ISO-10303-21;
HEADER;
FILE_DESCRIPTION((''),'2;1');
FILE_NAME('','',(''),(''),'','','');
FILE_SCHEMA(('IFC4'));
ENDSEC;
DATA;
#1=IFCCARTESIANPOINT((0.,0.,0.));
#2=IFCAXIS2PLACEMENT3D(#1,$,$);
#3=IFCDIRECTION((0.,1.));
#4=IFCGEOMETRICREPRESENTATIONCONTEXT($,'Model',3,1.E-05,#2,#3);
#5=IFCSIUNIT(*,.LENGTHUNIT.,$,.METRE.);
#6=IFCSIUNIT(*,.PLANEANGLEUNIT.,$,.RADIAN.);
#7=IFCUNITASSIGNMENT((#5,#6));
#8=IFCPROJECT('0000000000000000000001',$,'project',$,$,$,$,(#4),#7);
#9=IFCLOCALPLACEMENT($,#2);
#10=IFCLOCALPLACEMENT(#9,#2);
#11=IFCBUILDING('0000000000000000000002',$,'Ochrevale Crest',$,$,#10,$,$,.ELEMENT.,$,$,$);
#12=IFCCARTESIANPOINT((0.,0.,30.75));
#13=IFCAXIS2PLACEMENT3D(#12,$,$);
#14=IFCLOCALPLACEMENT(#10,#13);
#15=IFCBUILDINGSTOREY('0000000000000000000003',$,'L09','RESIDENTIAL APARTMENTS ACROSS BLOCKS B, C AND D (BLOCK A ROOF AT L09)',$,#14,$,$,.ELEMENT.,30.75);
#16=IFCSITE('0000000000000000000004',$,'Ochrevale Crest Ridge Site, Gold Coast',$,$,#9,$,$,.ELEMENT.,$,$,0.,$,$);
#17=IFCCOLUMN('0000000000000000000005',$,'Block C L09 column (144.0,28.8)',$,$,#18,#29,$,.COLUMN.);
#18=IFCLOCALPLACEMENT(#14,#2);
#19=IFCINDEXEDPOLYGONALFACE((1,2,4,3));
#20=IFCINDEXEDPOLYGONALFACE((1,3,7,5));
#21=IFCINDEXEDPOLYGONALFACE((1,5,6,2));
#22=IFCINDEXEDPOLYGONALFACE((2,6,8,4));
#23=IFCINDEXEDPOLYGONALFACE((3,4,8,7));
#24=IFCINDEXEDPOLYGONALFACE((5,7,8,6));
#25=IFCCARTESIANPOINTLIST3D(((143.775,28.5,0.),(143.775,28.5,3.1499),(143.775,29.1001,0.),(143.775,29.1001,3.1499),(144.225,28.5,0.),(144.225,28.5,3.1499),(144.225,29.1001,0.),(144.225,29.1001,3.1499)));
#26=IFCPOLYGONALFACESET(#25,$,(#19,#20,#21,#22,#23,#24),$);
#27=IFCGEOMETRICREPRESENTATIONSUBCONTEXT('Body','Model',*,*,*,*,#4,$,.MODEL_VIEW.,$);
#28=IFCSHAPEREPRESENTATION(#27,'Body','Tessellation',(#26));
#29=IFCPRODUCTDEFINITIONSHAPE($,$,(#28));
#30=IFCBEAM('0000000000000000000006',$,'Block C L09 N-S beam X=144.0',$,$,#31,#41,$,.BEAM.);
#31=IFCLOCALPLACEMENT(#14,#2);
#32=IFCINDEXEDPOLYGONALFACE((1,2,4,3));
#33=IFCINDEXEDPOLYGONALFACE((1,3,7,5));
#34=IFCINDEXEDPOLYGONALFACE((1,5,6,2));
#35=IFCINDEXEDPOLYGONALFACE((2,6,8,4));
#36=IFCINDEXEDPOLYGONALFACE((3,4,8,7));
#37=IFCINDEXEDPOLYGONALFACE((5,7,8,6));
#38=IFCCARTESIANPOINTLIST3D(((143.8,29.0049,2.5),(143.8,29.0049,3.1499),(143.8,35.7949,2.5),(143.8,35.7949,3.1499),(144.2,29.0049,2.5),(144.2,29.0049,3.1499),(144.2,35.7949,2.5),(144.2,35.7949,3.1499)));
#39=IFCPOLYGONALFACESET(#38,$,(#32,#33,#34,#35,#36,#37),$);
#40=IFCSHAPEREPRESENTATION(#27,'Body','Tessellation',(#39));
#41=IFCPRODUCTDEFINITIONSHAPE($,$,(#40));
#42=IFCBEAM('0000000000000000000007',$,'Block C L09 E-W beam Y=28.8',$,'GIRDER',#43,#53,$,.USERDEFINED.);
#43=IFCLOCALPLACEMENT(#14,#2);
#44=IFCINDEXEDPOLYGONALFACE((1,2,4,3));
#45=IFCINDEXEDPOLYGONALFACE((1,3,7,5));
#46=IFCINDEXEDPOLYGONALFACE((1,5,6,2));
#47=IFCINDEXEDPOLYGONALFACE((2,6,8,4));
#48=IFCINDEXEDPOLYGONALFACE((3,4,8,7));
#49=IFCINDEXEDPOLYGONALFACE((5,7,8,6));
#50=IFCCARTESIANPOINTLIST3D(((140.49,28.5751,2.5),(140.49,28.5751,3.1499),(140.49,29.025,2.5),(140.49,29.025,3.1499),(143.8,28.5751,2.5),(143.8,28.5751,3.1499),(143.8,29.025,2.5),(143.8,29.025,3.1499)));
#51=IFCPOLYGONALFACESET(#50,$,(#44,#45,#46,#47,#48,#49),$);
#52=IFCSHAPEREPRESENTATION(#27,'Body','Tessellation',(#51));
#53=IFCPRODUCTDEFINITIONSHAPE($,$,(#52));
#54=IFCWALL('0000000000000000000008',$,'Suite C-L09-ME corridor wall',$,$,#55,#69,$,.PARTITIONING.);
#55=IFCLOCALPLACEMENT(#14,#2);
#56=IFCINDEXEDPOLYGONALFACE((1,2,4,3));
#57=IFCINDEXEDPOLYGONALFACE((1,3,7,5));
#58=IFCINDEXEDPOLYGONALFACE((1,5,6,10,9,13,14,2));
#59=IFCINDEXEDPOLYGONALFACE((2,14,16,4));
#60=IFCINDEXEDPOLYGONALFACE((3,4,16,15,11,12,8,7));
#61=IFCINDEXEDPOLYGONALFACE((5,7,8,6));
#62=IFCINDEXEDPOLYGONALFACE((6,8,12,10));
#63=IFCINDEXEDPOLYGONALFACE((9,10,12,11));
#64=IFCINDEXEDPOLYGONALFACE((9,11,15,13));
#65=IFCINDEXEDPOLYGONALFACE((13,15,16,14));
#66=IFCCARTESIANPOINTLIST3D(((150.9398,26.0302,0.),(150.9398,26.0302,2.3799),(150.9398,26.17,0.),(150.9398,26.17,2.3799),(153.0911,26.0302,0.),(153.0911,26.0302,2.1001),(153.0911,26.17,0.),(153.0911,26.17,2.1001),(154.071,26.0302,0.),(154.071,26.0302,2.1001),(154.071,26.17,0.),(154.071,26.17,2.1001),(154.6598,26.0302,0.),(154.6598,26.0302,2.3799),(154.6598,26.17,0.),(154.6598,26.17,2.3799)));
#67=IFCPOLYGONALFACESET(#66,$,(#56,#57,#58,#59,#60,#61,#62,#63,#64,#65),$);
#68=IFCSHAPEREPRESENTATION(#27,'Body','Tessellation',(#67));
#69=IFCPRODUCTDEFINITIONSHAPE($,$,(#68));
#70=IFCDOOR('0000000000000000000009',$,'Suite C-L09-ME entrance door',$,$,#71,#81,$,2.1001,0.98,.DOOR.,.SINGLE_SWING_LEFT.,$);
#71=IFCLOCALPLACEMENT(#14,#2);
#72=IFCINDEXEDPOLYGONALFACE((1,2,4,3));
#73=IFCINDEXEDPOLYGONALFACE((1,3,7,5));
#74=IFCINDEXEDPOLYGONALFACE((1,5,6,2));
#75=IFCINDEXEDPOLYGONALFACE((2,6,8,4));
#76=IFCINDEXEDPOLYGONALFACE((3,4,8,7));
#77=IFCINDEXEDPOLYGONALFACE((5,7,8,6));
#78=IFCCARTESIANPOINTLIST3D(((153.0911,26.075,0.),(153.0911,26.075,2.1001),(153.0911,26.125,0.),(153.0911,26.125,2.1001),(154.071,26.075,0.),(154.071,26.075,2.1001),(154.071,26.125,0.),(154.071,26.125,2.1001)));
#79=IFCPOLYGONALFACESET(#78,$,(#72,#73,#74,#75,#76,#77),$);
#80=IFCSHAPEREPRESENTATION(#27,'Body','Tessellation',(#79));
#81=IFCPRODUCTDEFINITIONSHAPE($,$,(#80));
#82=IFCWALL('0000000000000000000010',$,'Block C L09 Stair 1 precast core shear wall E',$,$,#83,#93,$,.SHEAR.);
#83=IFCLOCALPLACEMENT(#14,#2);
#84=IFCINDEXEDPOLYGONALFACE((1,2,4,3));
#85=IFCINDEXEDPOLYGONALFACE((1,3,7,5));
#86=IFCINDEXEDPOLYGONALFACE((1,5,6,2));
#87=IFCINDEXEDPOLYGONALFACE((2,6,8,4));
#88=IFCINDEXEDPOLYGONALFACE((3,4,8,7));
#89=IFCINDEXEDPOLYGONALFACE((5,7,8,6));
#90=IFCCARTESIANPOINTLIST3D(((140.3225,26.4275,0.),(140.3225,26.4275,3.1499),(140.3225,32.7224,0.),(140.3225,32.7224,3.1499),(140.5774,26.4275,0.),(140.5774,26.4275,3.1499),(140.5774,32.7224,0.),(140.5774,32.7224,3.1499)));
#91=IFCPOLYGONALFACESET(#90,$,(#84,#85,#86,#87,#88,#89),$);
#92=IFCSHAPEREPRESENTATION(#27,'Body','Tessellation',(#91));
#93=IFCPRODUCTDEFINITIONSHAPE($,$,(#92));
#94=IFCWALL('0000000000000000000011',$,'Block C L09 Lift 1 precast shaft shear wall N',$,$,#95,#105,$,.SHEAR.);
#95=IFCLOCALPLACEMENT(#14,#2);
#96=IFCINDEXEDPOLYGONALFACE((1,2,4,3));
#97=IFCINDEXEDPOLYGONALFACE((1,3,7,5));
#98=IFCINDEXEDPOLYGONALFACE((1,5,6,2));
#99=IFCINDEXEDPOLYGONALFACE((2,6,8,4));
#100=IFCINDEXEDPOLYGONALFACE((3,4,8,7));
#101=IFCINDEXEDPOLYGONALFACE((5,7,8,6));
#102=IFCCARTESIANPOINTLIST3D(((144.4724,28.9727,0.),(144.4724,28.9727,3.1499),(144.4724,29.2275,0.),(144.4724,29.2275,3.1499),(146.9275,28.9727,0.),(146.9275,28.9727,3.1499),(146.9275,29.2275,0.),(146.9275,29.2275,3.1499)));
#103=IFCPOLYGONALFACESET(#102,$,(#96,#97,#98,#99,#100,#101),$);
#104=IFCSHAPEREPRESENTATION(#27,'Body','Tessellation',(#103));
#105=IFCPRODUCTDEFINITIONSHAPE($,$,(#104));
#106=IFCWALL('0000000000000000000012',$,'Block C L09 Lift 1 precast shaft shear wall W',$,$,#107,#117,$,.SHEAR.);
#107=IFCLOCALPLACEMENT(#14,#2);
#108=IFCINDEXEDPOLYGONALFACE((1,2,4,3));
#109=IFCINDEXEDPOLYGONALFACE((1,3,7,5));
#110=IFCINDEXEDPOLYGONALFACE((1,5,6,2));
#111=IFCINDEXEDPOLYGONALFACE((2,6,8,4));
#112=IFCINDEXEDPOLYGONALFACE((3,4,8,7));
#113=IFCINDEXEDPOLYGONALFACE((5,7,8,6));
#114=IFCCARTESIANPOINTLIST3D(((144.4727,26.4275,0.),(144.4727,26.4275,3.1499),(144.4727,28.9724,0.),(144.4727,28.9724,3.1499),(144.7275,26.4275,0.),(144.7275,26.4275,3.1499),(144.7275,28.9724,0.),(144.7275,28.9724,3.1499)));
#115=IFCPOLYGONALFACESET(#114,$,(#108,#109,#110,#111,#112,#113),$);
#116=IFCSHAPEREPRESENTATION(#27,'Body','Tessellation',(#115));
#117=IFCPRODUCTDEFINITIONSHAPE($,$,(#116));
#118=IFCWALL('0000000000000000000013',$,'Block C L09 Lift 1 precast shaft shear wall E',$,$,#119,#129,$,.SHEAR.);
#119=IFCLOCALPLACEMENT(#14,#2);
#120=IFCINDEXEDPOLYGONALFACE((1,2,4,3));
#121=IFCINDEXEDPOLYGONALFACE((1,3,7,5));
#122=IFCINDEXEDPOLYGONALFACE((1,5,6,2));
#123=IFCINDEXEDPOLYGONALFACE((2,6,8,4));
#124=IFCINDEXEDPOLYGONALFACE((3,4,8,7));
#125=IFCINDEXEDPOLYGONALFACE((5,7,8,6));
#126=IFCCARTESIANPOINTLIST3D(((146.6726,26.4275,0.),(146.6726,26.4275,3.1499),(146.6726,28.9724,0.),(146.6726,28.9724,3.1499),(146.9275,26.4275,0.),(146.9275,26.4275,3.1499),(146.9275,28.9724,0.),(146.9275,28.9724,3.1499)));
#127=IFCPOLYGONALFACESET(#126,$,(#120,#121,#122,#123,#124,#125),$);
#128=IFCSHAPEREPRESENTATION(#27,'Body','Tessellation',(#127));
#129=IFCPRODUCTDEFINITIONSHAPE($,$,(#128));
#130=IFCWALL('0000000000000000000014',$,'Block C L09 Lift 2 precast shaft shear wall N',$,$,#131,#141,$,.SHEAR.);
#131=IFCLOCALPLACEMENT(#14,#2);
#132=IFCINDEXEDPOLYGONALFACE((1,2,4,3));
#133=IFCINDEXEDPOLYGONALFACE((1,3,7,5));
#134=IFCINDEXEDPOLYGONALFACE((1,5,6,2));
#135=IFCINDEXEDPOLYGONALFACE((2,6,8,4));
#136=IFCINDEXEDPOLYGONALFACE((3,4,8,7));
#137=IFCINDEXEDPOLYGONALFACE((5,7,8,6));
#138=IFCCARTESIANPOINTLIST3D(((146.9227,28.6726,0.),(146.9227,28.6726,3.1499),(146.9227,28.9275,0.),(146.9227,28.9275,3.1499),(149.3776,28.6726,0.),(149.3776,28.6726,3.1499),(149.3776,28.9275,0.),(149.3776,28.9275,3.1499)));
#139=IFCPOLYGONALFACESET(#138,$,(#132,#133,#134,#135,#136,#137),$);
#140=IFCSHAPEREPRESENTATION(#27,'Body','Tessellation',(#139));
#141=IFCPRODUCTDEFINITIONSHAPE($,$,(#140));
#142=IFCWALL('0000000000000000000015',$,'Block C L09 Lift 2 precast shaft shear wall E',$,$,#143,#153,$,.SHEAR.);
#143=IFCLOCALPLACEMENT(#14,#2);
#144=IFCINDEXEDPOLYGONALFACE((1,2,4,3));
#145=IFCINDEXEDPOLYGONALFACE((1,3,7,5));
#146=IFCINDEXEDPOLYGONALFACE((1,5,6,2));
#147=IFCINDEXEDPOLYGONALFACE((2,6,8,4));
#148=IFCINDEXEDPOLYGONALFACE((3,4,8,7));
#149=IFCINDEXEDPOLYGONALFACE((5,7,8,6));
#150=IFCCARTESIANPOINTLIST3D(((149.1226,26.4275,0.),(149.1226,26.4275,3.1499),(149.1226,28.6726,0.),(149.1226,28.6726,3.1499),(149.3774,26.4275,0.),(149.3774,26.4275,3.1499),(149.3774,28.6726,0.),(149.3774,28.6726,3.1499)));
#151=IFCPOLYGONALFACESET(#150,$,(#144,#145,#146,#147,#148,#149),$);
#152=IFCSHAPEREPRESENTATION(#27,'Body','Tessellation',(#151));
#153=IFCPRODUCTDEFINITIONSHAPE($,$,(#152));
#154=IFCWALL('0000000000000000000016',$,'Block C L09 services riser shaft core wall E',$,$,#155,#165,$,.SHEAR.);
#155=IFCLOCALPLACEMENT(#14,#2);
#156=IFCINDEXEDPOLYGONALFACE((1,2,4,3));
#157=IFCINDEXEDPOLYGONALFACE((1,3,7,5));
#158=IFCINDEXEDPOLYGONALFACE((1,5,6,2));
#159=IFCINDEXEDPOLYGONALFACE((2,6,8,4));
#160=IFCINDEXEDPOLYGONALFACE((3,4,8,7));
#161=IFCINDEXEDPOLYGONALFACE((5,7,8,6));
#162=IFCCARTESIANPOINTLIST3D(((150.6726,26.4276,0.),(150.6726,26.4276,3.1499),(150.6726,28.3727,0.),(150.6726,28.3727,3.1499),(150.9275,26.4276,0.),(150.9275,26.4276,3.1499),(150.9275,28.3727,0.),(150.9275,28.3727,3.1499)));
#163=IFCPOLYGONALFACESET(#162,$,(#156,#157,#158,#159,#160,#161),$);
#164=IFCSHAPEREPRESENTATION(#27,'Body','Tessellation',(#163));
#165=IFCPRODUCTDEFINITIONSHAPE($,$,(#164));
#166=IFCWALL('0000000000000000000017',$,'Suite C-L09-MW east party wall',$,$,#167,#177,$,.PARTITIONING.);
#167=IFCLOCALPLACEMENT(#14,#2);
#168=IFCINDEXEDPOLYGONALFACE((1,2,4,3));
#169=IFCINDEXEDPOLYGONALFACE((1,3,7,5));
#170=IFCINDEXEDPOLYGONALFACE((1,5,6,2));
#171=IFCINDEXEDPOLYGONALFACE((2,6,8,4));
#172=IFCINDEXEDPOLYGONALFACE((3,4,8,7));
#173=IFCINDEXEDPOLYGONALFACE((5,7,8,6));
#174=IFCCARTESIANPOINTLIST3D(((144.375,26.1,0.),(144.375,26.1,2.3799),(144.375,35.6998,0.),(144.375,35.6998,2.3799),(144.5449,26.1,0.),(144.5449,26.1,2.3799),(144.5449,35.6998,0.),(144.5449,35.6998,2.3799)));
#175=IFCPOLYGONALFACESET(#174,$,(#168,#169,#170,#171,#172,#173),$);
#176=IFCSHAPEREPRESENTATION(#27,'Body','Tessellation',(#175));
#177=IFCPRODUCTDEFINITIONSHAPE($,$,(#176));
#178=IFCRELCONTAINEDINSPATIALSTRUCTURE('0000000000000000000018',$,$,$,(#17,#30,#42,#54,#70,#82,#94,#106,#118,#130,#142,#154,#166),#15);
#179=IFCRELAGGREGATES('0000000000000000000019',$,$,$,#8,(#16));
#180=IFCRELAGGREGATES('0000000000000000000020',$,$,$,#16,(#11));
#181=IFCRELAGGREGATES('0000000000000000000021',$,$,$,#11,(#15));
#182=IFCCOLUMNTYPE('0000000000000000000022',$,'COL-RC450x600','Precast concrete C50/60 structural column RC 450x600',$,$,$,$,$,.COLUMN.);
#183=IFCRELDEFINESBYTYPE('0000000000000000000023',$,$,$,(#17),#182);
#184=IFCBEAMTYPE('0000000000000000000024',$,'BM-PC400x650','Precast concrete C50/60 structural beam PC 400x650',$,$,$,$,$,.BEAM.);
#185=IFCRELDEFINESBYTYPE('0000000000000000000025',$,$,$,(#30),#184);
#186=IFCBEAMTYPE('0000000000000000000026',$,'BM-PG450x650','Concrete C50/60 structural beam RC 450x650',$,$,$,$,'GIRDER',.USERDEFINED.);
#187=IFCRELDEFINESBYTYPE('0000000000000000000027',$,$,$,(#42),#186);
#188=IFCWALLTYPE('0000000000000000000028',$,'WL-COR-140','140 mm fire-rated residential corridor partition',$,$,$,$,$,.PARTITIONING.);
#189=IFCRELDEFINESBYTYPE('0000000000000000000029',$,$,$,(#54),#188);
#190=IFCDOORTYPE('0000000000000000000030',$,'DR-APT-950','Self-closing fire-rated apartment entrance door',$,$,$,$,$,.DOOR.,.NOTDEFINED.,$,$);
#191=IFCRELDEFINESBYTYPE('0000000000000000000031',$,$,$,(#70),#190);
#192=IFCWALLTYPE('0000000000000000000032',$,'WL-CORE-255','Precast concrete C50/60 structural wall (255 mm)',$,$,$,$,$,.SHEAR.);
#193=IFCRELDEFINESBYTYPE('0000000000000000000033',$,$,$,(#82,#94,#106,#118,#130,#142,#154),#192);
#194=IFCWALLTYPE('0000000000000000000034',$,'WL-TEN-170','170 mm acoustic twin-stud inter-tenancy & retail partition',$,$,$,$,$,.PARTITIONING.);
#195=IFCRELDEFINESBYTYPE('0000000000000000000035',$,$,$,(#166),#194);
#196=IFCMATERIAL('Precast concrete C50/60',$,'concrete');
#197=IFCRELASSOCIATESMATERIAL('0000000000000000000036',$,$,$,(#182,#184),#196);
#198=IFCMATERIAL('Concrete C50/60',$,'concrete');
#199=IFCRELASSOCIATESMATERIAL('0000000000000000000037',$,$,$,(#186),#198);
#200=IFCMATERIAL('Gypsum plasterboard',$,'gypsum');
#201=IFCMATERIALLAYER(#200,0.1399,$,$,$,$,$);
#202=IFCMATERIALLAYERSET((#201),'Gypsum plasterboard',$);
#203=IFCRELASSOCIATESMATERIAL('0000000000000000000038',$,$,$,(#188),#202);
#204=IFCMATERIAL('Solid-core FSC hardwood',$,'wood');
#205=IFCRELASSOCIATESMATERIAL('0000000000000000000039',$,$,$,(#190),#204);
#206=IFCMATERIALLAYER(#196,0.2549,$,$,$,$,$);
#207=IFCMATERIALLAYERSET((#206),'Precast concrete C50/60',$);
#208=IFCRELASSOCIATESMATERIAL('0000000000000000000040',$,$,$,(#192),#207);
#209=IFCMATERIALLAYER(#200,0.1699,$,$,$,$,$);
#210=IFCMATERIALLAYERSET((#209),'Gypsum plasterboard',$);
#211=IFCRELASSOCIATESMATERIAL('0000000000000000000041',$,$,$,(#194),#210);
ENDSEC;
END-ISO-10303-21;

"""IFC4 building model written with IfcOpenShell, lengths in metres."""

from ifc_helpers import new_model, si_unit, direction, frame, frame_2d, origin, origin_2d, place, context, subcontext, project, spatial, rectangle, extrude, material, layer, layer_set, material_profile, profile_set, type_object, element, fill, save


model = new_model("IFC4")

# Units and contexts
model_context = context("Model", 3, precision=1e-05, world=origin(), true_north=direction((0.0, 1.0)))
body_context = subcontext(model_context, "Body", "Model", "MODEL_VIEW")
ifc_project = project(units=[si_unit("LENGTHUNIT", "METRE"), si_unit("PLANEANGLEUNIT", "RADIAN")], contexts=[model_context])

# Site, building, storey
site_placement = place(None, origin())
site = spatial("IfcSite", under=ifc_project, at=site_placement, Name="Ochrevale Crest Ridge Site, Gold Coast", CompositionType="ELEMENT", RefElevation=0.0)
building_placement = place(site_placement, origin())
building = spatial("IfcBuilding", under=site, at=building_placement, Name="Ochrevale Crest", CompositionType="ELEMENT")
storey_placement = place(building_placement, frame((0.0, 0.0, 30.75)))
storey = spatial("IfcBuildingStorey", under=building, at=storey_placement, Name="L09", Description="RESIDENTIAL APARTMENTS ACROSS BLOCKS B, C AND D (BLOCK A ROOF AT L09)", CompositionType="ELEMENT", Elevation=30.75)

# Column
ifc_material_1 = material(Name="Precast concrete C50/60", Category="concrete")
ifc_material_profile_1 = material_profile(ifc_material_1, rectangle(XDim=0.45, YDim=0.6001, at=origin_2d()), Name="RC 450x600")
ifc_profile_set_1 = profile_set([ifc_material_profile_1], Name="Precast concrete C50/60")
column_type = type_object("IfcColumnType", Name="COL-RC450x600", Description="Precast concrete C50/60 structural column RC 450x600", PredefinedType="COLUMN", material=ifc_profile_set_1)
column_placement = place(storey_placement, frame((144.0, 28.8, 0.0), z_axis=(0.0, 0.0, 1.0), x_axis=(1.0, 0.0, 0.0)))
element("IfcColumn", 1, at=column_placement, inside=storey, type_object=column_type, Name="Block C L09 column (144.0,28.8)", PredefinedType="COLUMN", context=body_context, shape_type="SweptSolid", body=[
    extrude(rectangle(XDim=0.45, YDim=0.6001, at=origin_2d()), origin(), (0.0, 0.0, 1.0), 3.1499),
])

# Beams
ifc_material_profile_2 = material_profile(ifc_material_1, rectangle(XDim=0.3999, YDim=0.6499, at=origin_2d()), Name="PC 400x650")
ifc_profile_set_2 = profile_set([ifc_material_profile_2], Name="Precast concrete C50/60")
beam_type_1 = type_object("IfcBeamType", Name="BM-PC400x650", Description="Precast concrete C50/60 structural beam PC 400x650", PredefinedType="BEAM", material=ifc_profile_set_2)
beam_1_placement = place(storey_placement, frame((144.0, 29.0049, 2.825), z_axis=(0.0, 1.0, 0.0), x_axis=(-1.0, 0.0, 0.0)))
element("IfcBeam", 2, at=beam_1_placement, inside=storey, type_object=beam_type_1, Name="Block C L09 N-S beam X=144.0", PredefinedType="BEAM", context=body_context, shape_type="SweptSolid", body=[
    extrude(rectangle(XDim=0.3999, YDim=0.6499, at=origin_2d()), origin(), (0.0, 0.0, 1.0), 6.79),
])
ifc_material_2 = material(Name="Concrete C50/60", Category="concrete")
ifc_material_profile_3 = material_profile(ifc_material_2, rectangle(XDim=0.45, YDim=0.6499, at=origin_2d()), Name="RC 450x650")
ifc_profile_set_3 = profile_set([ifc_material_profile_3], Name="Concrete C50/60")
beam_type_2 = type_object("IfcBeamType", Name="BM-PG450x650", Description="Concrete C50/60 structural beam RC 450x650", ElementType="GIRDER", PredefinedType="USERDEFINED", material=ifc_profile_set_3)
beam_2_placement = place(storey_placement, frame((140.49, 28.8, 2.825), z_axis=(1.0, 0.0, 0.0), x_axis=(0.0, 1.0, 0.0)))
element("IfcBeam", 3, at=beam_2_placement, inside=storey, type_object=beam_type_2, Name="Block C L09 E-W beam Y=28.8", ObjectType="GIRDER", PredefinedType="USERDEFINED", context=body_context, shape_type="SweptSolid", body=[
    extrude(rectangle(XDim=0.45, YDim=0.6499, at=origin_2d()), origin(), (0.0, 0.0, 1.0), 3.3101),
])

# Wall, opening, door
ifc_material_3 = material(Name="Gypsum plasterboard", Category="gypsum")
ifc_layer_1 = layer(ifc_material_3, 0.1399)
ifc_layer_set_1 = layer_set([ifc_layer_1], Name="Gypsum plasterboard")
wall_type_1 = type_object("IfcWallType", Name="WL-COR-140", Description="140 mm fire-rated residential corridor partition", PredefinedType="PARTITIONING", material=ifc_layer_set_1)
wall_1_placement = place(storey_placement, frame((150.9399, 26.1001, 0.0), z_axis=(0.0, 0.0, 1.0), x_axis=(1.0, 0.0, 0.0)))
wall_1 = element("IfcWall", 4, at=wall_1_placement, inside=storey, type_object=wall_type_1, Name="Suite C-L09-ME corridor wall", PredefinedType="PARTITIONING", context=body_context, shape_type="SweptSolid", body=[
    extrude(rectangle(XDim=3.72, YDim=0.1399, at=frame_2d((1.8599, 0.0))), origin(), (0.0, 0.0, 1.0), 2.3799),
])
opening_1_placement = place(wall_1_placement, frame((2.1511, 0.0, 0.0)))
opening_1 = element("IfcOpeningElement", 5, at=opening_1_placement, cuts=wall_1, PredefinedType="OPENING", context=body_context, shape_type="SweptSolid", body=[
    extrude(rectangle(XDim=0.98, YDim=2.1001, at=frame_2d((0.49, 1.05))), frame((0.0, 0.0801, 0.0), z_axis=(0.0, -1.0, 0.0), x_axis=(1.0, 0.0, 0.0)), (0.0, 0.0, 1.0), 0.1599),
])
ifc_material_4 = material(Name="Solid-core FSC hardwood", Category="wood")
door_type_1 = type_object("IfcDoorType", Name="DR-APT-950", Description="Self-closing fire-rated apartment entrance door", OperationType="NOTDEFINED", PredefinedType="DOOR", material=ifc_material_4)
door_1_placement = place(opening_1_placement, origin())
door_1 = element("IfcDoor", 6, at=door_1_placement, inside=storey, type_object=door_type_1, Name="Suite C-L09-ME entrance door", OperationType="SINGLE_SWING_LEFT", OverallHeight=2.1001, OverallWidth=0.98, PredefinedType="DOOR", context=body_context, shape_type="SweptSolid", body=[
    extrude(rectangle(XDim=0.98, YDim=2.1001, at=frame_2d((0.49, 1.05))), frame((0.0, 0.0249, 0.0), z_axis=(0.0, -1.0, 0.0), x_axis=(1.0, 0.0, 0.0)), (0.0, 0.0, 1.0), 0.05),
])
fill(opening_1, door_1)

# Wall
ifc_layer_2 = layer(ifc_material_1, 0.2549)
ifc_layer_set_2 = layer_set([ifc_layer_2], Name="Precast concrete C50/60")
wall_type_2 = type_object("IfcWallType", Name="WL-CORE-255", Description="Precast concrete C50/60 structural wall (255 mm)", PredefinedType="SHEAR", material=ifc_layer_set_2)
wall_2_placement = place(storey_placement, frame((140.45, 26.4275, 0.0), z_axis=(0.0, 0.0, 1.0), x_axis=(0.0, 1.0, 0.0)))
element("IfcWall", 7, at=wall_2_placement, inside=storey, type_object=wall_type_2, Name="Block C L09 Stair 1 precast core shear wall E", PredefinedType="SHEAR", context=body_context, shape_type="SweptSolid", body=[
    extrude(rectangle(XDim=6.2949, YDim=0.2549, at=frame_2d((3.1475, 0.0))), origin(), (0.0, 0.0, 1.0), 3.1499),
])

# Walls
wall_3_placement = place(storey_placement, frame((144.4724, 29.1001, 0.0), z_axis=(0.0, 0.0, 1.0), x_axis=(1.0, 0.0, 0.0)))
element("IfcWall", 8, at=wall_3_placement, inside=storey, type_object=wall_type_2, Name="Block C L09 Lift 1 precast shaft shear wall N", PredefinedType="SHEAR", context=body_context, shape_type="SweptSolid", body=[
    extrude(rectangle(XDim=2.4551, YDim=0.2549, at=frame_2d((1.2275, 0.0))), origin(), (0.0, 0.0, 1.0), 3.1499),
])
for number, where, z_axis, x_axis, name in (
    (9, (144.6001, 26.4275, 0.0), (0.0, 0.0, 1.0), (0.0, 1.0, 0.0), "Block C L09 Lift 1 precast shaft shear wall W"),
    (10, (146.8, 26.4275, 0.0), (0.0, 0.0, 1.0), (0.0, 1.0, 0.0), "Block C L09 Lift 1 precast shaft shear wall E"),
):
    element("IfcWall", number, at=place(storey_placement, frame(where, z_axis=z_axis, x_axis=x_axis)), inside=storey, type_object=wall_type_2, Name=name, PredefinedType="SHEAR", context=body_context, shape_type="SweptSolid", body=[
        extrude(rectangle(XDim=2.5449, YDim=0.2549, at=frame_2d((1.2725, 0.0))), origin(), (0.0, 0.0, 1.0), 3.1499),
    ])

# Walls
wall_4_placement = place(storey_placement, frame((146.9226, 28.8, 0.0), z_axis=(0.0, 0.0, 1.0), x_axis=(1.0, 0.0, 0.0)))
element("IfcWall", 11, at=wall_4_placement, inside=storey, type_object=wall_type_2, Name="Block C L09 Lift 2 precast shaft shear wall N", PredefinedType="SHEAR", context=body_context, shape_type="SweptSolid", body=[
    extrude(rectangle(XDim=2.4548, YDim=0.2549, at=frame_2d((1.2275, 0.0))), origin(), (0.0, 0.0, 1.0), 3.1499),
])
wall_5_placement = place(storey_placement, frame((149.25, 26.4275, 0.0), z_axis=(0.0, 0.0, 1.0), x_axis=(0.0, 1.0, 0.0)))
element("IfcWall", 12, at=wall_5_placement, inside=storey, type_object=wall_type_2, Name="Block C L09 Lift 2 precast shaft shear wall E", PredefinedType="SHEAR", context=body_context, shape_type="SweptSolid", body=[
    extrude(rectangle(XDim=2.2451, YDim=0.2549, at=frame_2d((1.1226, 0.0))), origin(), (0.0, 0.0, 1.0), 3.1499),
])
wall_6_placement = place(storey_placement, frame((150.8, 26.4275, 0.0), z_axis=(0.0, 0.0, 1.0), x_axis=(0.0, 1.0, 0.0)))
element("IfcWall", 13, at=wall_6_placement, inside=storey, type_object=wall_type_2, Name="Block C L09 services riser shaft core wall E", PredefinedType="SHEAR", context=body_context, shape_type="SweptSolid", body=[
    extrude(rectangle(XDim=1.9451, YDim=0.2549, at=frame_2d((0.9727, 0.0))), origin(), (0.0, 0.0, 1.0), 3.1499),
])
ifc_layer_3 = layer(ifc_material_3, 0.1699)
ifc_layer_set_3 = layer_set([ifc_layer_3], Name="Gypsum plasterboard")
wall_type_3 = type_object("IfcWallType", Name="WL-TEN-170", Description="170 mm acoustic twin-stud inter-tenancy & retail partition", PredefinedType="PARTITIONING", material=ifc_layer_set_3)
for number, where, z_axis, x_axis, name in (
    (14, (144.46, 26.1001, 0.0), (0.0, 0.0, 1.0), (0.0, 1.0, 0.0), "Suite C-L09-MW east party wall"),
):
    element("IfcWall", number, at=place(storey_placement, frame(where, z_axis=z_axis, x_axis=x_axis)), inside=storey, type_object=wall_type_3, Name=name, PredefinedType="PARTITIONING", context=body_context, shape_type="SweptSolid", body=[
        extrude(rectangle(XDim=9.5999, YDim=0.1699, at=frame_2d((4.7998, 0.0))), origin(), (0.0, 0.0, 1.0), 2.3799),
    ])

save(model, "model.ifc")
